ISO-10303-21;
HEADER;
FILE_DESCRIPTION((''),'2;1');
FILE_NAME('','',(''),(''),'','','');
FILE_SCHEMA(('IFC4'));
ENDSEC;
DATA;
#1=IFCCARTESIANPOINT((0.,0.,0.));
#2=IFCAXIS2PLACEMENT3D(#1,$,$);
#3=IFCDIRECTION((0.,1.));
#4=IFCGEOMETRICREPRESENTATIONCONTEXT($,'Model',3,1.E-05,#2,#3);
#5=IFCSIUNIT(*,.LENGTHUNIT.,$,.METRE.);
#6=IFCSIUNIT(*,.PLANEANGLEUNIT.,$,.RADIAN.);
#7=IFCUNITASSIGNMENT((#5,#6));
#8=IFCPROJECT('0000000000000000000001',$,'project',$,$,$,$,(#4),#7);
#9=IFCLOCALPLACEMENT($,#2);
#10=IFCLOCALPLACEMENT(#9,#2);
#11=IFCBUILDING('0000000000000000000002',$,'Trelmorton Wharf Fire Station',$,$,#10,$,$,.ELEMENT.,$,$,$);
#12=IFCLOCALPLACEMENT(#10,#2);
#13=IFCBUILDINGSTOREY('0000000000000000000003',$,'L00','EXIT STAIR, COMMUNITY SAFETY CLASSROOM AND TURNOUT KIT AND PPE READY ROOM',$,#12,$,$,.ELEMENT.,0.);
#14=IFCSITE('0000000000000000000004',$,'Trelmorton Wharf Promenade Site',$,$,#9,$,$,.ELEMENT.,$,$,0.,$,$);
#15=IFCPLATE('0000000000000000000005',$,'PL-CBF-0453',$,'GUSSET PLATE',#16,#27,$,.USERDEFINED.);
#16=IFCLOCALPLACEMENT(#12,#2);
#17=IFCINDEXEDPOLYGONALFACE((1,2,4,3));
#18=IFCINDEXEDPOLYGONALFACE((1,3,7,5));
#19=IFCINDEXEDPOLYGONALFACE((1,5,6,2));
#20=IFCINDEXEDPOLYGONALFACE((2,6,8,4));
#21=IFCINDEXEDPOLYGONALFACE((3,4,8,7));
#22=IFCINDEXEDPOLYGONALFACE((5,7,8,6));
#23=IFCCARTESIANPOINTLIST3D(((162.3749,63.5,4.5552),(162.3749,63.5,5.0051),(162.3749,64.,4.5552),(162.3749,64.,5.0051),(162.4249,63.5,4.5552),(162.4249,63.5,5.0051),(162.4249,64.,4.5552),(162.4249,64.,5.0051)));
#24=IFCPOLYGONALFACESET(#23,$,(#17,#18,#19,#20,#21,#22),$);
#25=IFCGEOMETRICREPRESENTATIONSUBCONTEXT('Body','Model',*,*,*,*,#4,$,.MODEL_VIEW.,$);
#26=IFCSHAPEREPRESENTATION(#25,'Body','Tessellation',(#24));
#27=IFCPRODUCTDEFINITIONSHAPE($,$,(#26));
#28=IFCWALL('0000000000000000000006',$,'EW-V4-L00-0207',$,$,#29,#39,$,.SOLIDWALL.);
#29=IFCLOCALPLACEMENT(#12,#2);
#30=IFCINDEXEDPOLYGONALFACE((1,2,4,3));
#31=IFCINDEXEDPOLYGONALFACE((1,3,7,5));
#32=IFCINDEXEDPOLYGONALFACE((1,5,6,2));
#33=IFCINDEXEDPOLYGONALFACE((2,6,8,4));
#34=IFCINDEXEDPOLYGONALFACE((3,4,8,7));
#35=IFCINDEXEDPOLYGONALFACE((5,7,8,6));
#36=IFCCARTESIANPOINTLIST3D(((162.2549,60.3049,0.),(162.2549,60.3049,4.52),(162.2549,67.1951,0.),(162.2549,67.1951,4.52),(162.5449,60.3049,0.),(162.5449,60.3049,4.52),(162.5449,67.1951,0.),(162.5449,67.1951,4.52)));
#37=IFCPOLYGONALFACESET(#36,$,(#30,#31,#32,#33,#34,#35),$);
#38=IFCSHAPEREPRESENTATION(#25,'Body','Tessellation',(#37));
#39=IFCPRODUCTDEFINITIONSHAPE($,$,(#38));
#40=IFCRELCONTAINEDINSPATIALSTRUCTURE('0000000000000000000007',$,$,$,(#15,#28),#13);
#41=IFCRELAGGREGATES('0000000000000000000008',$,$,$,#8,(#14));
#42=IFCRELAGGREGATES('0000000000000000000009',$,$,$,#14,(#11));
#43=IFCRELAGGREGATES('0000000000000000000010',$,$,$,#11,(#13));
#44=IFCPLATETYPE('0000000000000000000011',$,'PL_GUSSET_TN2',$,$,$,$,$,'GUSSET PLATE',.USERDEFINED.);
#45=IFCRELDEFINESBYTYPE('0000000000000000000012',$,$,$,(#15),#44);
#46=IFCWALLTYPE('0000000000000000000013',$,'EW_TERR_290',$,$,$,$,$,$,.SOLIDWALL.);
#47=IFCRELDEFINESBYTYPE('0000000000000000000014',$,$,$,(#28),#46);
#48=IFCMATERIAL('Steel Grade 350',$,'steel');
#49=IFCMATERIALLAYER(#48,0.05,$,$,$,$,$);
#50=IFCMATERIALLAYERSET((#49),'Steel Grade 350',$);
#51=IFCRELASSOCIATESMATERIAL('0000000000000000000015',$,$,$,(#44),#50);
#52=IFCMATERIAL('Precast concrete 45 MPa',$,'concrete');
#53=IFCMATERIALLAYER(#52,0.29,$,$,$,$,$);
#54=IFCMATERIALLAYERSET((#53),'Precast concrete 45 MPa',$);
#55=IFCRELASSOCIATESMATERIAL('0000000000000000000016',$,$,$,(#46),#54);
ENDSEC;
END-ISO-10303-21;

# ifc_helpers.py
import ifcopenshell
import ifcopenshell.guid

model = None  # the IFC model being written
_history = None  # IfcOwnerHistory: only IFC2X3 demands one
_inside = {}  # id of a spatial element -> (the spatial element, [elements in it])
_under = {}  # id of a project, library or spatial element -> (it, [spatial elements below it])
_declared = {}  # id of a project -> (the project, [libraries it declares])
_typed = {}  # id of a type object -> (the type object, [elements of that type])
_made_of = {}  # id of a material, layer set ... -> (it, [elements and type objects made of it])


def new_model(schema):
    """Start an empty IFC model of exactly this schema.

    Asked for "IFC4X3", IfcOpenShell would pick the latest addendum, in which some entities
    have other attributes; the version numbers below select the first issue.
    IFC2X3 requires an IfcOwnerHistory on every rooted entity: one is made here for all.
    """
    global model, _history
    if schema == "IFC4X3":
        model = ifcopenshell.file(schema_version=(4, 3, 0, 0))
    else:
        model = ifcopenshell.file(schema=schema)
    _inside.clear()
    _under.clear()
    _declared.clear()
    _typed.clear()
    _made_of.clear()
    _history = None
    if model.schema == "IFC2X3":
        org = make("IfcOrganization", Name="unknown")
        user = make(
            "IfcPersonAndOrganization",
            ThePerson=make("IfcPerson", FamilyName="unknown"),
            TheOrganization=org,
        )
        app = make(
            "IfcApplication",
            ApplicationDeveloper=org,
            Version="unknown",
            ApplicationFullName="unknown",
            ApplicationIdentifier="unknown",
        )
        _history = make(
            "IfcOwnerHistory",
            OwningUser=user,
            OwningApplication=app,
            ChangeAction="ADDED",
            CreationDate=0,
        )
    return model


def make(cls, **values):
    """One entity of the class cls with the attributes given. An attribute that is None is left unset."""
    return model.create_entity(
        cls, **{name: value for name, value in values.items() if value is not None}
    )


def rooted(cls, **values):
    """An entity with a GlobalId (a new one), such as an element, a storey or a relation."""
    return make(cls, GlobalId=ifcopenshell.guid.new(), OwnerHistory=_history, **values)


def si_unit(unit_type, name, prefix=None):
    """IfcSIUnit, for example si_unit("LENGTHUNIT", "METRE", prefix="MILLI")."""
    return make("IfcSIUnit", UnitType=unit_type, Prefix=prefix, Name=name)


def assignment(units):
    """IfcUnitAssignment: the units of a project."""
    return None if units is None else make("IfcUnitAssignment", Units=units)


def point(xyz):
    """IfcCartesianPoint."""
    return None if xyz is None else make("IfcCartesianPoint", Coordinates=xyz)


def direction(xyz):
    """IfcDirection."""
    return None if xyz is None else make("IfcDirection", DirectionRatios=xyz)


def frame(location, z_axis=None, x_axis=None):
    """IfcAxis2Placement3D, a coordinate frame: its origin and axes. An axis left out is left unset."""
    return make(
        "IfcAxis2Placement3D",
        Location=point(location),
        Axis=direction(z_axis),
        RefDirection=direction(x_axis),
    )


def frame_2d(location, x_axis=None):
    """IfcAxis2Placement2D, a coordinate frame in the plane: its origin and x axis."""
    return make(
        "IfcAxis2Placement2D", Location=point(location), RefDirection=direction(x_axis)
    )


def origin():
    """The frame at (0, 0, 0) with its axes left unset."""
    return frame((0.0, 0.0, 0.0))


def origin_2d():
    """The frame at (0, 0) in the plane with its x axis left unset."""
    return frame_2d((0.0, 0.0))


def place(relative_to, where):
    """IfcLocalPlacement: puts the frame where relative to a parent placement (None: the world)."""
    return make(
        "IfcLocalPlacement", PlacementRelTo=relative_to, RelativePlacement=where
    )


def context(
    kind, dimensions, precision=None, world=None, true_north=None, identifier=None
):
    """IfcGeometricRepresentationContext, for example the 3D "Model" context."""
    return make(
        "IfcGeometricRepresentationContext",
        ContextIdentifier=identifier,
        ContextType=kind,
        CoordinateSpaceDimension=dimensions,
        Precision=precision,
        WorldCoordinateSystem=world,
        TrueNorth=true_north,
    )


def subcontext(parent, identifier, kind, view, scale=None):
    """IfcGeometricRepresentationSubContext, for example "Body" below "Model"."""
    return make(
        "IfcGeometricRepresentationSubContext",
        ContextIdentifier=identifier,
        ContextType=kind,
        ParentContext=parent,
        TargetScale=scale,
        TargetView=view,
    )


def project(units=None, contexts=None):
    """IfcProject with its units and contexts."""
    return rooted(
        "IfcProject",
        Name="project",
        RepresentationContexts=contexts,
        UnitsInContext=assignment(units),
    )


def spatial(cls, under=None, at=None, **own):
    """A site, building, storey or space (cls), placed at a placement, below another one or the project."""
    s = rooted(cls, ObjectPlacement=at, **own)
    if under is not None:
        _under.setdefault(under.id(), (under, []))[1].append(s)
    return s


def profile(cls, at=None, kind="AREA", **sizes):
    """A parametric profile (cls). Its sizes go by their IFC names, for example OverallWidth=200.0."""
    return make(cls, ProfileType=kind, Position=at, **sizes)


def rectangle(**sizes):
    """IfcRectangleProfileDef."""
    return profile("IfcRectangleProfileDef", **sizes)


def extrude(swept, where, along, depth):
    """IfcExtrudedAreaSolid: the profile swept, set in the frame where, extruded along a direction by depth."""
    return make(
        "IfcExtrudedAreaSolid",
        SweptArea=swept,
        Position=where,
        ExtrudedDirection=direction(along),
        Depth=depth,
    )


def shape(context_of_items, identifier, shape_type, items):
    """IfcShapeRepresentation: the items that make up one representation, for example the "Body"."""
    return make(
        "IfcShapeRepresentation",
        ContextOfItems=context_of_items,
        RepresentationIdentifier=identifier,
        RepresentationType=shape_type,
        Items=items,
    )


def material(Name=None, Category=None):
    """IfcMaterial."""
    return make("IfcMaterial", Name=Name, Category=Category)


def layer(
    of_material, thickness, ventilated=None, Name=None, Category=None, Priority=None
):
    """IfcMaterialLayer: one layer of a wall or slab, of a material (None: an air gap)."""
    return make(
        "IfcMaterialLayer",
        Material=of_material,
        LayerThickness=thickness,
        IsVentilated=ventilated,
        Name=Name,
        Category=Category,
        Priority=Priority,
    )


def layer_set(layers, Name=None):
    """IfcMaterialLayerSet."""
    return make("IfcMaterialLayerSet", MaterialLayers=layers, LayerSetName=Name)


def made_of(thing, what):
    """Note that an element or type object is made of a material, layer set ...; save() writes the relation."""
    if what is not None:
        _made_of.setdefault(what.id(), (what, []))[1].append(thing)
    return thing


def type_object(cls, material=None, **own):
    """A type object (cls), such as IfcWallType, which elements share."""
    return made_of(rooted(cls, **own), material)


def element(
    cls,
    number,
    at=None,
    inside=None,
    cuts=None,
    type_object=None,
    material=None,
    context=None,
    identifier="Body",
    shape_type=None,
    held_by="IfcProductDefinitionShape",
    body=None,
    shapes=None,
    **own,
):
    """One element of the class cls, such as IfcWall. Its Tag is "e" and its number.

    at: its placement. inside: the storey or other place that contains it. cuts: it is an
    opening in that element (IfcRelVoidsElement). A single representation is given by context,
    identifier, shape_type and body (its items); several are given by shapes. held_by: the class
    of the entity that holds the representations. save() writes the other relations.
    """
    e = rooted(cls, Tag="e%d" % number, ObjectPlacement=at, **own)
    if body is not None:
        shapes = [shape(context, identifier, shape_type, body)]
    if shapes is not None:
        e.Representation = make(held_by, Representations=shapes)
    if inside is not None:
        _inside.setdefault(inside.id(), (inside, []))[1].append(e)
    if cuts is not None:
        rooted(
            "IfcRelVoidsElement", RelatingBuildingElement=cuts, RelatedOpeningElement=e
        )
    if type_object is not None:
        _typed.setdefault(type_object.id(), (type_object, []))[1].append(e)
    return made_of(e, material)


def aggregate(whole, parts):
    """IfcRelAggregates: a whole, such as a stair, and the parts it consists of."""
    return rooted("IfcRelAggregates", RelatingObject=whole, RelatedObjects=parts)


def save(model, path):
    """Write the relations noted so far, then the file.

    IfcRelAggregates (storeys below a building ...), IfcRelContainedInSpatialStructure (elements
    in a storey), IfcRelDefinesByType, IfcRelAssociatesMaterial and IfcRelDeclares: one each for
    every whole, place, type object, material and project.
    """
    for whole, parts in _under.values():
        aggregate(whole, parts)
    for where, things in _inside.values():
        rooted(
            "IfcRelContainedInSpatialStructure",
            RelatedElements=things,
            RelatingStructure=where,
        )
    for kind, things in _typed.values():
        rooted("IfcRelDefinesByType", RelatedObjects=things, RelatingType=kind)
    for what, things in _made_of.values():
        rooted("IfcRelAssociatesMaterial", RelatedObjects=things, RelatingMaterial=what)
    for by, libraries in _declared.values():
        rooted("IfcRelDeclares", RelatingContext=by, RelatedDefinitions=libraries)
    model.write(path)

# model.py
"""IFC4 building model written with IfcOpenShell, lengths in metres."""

from ifc_helpers import new_model, si_unit, direction, frame, frame_2d, origin, origin_2d, place, context, subcontext, project, spatial, rectangle, extrude, material, layer, layer_set, type_object, element, save


model = new_model("IFC4")

# Units and contexts
model_context = context("Model", 3, precision=1e-05, world=origin(), true_north=direction((0.0, 1.0)))
body_context = subcontext(model_context, "Body", "Model", "MODEL_VIEW")
ifc_project = project(units=[si_unit("LENGTHUNIT", "METRE"), si_unit("PLANEANGLEUNIT", "RADIAN")], contexts=[model_context])

# Site, building, storey
site_placement = place(None, origin())
site = spatial("IfcSite", under=ifc_project, at=site_placement, Name="Trelmorton Wharf Promenade Site", CompositionType="ELEMENT", RefElevation=0.0)
building_placement = place(site_placement, origin())
building = spatial("IfcBuilding", under=site, at=building_placement, Name="Trelmorton Wharf Fire Station", CompositionType="ELEMENT")
storey_placement = place(building_placement, origin())
storey = spatial("IfcBuildingStorey", under=building, at=storey_placement, Name="L00", Description="EXIT STAIR, COMMUNITY SAFETY CLASSROOM AND TURNOUT KIT AND PPE READY ROOM", CompositionType="ELEMENT", Elevation=0.0)

# Shared definitions
ifc_material_1 = material(Name="Steel Grade 350", Category="steel")

# Plate
ifc_layer_1 = layer(ifc_material_1, 0.05)
ifc_layer_set_1 = layer_set([ifc_layer_1], Name="Steel Grade 350")
plate_type_1 = type_object("IfcPlateType", Name="PL_GUSSET_TN2", ElementType="GUSSET PLATE", PredefinedType="USERDEFINED", material=ifc_layer_set_1)
for number, where, z_axis, x_axis, name in (
    (1, (162.3999, 63.75, 4.5552), (0.0, 0.0, 1.0), (1.0, 0.0, 0.0), "PL-CBF-0453"),
):
    element("IfcPlate", number, at=place(storey_placement, frame(where, z_axis=z_axis, x_axis=x_axis)), inside=storey, type_object=plate_type_1, Name=name, ObjectType="GUSSET PLATE", PredefinedType="USERDEFINED", context=body_context, shape_type="SweptSolid", body=[
        extrude(rectangle(XDim=0.05, YDim=0.5, at=origin_2d()), origin(), (0.0, 0.0, 1.0), 0.45),
    ])

# Wall
ifc_material_2 = material(Name="Precast concrete 45 MPa", Category="concrete")
ifc_layer_2 = layer(ifc_material_2, 0.29)
ifc_layer_set_2 = layer_set([ifc_layer_2], Name="Precast concrete 45 MPa")
wall_type = type_object("IfcWallType", Name="EW_TERR_290", PredefinedType="SOLIDWALL", material=ifc_layer_set_2)
wall_placement = place(storey_placement, frame((162.3999, 67.1951, 0.0), z_axis=(0.0, 0.0, 1.0), x_axis=(0.0, -1.0, 0.0)))
element("IfcWall", 2, at=wall_placement, inside=storey, type_object=wall_type, Name="EW-V4-L00-0207", PredefinedType="SOLIDWALL", context=body_context, shape_type="SweptSolid", body=[
    extrude(rectangle(XDim=6.8901, YDim=0.29, at=frame_2d((3.4451, 0.0))), origin(), (0.0, 0.0, 1.0), 4.52),
])

save(model, "model.ifc")
